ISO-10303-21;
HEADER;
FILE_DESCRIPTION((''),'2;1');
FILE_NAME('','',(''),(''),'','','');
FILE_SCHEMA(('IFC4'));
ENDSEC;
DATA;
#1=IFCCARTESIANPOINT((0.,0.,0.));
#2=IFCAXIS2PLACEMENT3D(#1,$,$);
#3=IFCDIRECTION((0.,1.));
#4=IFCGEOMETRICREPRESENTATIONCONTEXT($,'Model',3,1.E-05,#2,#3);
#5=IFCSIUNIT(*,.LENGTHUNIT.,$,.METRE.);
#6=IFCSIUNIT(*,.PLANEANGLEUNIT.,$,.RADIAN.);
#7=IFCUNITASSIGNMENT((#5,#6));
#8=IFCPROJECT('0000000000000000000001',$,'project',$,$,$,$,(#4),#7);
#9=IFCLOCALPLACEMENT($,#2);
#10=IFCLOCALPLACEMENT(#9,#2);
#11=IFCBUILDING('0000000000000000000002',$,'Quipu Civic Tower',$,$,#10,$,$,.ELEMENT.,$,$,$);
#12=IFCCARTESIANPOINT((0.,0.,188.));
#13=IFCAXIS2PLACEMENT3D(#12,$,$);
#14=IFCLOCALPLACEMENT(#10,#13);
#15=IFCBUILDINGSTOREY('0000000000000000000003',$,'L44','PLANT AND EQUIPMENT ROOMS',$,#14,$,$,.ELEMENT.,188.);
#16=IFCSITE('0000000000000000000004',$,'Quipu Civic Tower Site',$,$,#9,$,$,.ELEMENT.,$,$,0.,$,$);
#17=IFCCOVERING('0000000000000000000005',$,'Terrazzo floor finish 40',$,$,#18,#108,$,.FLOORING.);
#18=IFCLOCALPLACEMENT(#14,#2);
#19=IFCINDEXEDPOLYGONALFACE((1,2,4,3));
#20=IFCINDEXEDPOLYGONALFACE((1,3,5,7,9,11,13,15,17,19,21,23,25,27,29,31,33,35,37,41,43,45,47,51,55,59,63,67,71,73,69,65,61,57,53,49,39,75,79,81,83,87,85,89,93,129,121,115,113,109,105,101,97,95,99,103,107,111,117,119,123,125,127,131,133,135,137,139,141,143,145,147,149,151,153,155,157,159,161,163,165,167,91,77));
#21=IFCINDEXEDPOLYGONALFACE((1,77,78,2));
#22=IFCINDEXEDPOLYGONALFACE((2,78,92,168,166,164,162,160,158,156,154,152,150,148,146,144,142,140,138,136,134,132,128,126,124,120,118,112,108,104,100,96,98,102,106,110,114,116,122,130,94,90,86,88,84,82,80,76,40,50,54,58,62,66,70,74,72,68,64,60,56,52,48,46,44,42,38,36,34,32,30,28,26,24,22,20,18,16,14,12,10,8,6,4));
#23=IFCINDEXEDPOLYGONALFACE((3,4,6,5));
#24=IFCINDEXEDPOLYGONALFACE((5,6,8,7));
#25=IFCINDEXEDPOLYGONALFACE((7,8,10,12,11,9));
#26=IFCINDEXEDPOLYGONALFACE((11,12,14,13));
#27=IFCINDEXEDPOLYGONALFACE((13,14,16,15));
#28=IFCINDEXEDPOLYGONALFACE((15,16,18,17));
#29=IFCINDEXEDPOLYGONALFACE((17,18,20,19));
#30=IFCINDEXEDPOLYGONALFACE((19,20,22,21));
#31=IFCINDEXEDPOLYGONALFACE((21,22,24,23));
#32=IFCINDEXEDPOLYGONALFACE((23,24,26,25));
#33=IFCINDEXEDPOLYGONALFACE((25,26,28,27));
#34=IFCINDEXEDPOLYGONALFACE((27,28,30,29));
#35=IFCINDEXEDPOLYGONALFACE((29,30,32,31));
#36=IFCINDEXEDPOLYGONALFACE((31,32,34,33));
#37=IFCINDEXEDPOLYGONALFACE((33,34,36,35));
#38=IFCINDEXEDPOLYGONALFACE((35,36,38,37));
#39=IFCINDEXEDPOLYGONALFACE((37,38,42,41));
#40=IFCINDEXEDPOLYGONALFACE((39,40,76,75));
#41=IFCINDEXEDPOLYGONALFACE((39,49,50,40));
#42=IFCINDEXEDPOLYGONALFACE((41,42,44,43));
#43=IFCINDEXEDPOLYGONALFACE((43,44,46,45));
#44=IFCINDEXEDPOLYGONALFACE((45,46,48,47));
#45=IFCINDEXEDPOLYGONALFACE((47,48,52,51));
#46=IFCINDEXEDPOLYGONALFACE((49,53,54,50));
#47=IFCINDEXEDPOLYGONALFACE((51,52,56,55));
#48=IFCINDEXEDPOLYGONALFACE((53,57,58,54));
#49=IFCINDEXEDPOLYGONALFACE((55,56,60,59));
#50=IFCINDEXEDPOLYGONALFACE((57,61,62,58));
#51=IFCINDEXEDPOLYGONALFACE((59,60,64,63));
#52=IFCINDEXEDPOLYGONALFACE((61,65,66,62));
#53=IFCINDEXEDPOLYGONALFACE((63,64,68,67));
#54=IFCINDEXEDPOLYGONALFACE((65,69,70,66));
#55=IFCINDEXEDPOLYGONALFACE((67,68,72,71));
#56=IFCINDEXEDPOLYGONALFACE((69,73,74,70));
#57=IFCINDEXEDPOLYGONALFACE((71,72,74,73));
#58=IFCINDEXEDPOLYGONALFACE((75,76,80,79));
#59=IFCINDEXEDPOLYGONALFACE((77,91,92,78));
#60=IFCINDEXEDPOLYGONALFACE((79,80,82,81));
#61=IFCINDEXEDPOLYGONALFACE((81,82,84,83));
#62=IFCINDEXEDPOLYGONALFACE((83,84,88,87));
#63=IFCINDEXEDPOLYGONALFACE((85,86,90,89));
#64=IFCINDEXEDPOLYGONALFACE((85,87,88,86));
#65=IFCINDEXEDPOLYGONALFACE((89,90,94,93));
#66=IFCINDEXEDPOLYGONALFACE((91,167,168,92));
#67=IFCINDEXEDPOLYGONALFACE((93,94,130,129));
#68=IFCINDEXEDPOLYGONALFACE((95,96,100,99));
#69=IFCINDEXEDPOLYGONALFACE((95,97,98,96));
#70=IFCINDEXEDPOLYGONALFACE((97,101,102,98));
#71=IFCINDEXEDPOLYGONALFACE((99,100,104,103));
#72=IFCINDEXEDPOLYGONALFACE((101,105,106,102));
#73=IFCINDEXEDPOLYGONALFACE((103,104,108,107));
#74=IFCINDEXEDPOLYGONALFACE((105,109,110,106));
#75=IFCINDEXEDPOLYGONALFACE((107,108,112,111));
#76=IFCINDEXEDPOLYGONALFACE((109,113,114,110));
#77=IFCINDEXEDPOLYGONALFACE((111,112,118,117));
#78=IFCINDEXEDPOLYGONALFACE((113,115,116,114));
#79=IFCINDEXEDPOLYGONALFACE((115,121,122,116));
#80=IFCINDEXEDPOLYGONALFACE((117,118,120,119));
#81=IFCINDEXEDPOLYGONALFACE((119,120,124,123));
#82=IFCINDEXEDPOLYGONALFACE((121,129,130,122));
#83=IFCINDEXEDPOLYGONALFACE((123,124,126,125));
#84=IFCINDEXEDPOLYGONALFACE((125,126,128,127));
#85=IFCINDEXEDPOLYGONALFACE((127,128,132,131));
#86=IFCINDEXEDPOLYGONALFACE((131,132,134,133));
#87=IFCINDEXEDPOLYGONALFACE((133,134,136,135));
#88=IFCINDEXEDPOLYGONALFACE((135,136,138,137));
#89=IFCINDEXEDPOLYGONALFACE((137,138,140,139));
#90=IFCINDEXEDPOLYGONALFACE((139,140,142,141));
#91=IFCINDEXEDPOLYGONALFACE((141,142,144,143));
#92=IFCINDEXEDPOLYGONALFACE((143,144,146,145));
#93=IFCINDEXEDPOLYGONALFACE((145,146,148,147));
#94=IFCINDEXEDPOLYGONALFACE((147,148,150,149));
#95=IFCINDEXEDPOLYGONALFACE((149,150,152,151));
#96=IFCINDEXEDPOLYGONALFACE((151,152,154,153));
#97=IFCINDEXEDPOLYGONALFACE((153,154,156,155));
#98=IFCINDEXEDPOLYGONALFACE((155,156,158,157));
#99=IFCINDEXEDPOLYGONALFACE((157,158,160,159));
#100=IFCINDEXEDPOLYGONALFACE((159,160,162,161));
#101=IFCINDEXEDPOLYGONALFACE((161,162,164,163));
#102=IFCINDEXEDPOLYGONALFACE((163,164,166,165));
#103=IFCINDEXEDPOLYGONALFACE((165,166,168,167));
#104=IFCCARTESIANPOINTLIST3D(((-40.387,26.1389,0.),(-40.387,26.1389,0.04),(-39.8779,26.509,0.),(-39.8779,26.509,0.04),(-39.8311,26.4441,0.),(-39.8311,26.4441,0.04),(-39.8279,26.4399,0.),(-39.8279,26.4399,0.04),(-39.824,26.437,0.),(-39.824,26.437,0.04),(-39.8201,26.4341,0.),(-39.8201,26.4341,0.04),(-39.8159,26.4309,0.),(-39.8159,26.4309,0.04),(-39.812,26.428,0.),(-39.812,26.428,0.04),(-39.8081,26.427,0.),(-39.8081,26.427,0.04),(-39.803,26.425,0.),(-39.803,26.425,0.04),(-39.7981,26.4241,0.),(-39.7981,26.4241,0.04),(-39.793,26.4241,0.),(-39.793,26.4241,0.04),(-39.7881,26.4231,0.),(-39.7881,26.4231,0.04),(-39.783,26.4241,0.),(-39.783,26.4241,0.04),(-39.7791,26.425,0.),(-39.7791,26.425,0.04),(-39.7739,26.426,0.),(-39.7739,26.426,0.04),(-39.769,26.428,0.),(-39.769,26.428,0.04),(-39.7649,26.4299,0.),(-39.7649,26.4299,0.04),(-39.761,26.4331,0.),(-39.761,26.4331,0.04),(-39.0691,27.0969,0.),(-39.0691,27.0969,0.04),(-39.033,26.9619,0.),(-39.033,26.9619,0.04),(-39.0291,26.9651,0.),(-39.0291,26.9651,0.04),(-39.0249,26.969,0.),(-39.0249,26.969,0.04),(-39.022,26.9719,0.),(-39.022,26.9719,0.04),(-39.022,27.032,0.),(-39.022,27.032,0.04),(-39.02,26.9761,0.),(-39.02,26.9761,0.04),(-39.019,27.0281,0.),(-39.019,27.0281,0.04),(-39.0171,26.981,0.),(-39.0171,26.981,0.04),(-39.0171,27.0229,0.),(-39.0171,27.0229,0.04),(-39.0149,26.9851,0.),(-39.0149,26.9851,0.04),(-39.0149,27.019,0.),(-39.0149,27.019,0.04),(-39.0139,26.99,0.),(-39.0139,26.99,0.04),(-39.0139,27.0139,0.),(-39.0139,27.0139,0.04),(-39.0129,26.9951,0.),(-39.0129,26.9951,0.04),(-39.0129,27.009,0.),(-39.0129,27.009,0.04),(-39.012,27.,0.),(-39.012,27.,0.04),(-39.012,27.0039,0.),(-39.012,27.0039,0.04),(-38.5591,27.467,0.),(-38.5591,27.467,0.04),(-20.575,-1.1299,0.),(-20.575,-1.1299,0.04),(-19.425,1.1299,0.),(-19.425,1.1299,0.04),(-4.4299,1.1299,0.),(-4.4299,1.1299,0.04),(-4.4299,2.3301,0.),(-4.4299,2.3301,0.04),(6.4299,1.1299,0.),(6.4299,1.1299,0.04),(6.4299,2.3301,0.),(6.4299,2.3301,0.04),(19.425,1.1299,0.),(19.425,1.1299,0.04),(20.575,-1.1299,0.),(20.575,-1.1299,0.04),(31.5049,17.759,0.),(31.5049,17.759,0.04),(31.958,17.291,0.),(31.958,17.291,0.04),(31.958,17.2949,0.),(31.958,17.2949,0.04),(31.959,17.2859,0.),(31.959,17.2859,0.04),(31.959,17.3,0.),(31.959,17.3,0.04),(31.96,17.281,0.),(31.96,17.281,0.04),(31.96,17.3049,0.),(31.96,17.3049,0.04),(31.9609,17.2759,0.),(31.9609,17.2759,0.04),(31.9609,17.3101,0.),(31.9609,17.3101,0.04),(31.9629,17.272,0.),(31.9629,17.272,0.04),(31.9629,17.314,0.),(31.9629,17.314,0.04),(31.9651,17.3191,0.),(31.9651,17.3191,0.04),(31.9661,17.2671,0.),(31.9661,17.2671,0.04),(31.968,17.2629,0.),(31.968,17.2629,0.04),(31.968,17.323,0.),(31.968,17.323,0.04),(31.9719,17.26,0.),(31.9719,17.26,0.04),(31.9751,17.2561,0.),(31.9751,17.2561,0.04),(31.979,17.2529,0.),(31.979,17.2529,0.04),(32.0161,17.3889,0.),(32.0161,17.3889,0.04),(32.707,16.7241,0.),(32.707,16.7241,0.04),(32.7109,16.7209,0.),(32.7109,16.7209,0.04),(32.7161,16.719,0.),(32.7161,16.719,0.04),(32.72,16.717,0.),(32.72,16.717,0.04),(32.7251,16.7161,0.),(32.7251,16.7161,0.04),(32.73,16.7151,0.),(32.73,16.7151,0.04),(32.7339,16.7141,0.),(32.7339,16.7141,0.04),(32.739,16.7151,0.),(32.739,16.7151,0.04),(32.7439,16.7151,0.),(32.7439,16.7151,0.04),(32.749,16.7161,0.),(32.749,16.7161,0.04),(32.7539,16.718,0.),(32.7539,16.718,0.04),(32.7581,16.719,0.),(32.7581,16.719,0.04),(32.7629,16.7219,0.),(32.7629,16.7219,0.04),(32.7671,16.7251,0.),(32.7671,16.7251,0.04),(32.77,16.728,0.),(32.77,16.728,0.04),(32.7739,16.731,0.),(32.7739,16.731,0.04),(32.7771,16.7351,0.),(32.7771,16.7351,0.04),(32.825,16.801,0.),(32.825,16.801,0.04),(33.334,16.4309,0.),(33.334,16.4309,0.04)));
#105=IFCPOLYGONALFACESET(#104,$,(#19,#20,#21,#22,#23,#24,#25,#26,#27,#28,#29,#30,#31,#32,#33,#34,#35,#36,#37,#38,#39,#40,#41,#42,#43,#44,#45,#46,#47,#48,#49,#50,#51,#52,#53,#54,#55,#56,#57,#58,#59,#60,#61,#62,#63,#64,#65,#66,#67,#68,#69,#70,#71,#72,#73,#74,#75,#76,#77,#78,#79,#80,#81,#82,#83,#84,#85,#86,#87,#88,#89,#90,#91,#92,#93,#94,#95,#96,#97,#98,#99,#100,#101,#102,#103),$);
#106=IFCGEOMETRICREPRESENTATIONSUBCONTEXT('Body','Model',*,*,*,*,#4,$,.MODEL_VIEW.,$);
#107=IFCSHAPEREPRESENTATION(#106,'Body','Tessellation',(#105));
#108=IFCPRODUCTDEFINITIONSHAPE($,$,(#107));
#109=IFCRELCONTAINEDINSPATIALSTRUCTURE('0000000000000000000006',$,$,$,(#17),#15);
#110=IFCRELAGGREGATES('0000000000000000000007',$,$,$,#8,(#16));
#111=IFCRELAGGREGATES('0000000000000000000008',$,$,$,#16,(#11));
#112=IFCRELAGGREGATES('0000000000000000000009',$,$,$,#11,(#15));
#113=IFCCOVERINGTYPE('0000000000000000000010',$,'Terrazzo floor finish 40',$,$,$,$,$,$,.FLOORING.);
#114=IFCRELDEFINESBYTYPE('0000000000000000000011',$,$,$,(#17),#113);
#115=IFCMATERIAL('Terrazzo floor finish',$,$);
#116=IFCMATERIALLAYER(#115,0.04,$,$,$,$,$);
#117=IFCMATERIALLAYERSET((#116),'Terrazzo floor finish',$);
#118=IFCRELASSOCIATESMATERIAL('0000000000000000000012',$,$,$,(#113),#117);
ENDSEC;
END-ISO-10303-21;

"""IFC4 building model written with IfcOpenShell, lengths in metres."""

from ifc_helpers import new_model, si_unit, direction, frame, origin, place, context, subcontext, project, spatial, polyline, outline, extrude, material, layer, layer_set, type_object, element, save


model = new_model("IFC4")

# Units and contexts
model_context = context("Model", 3, precision=1e-05, world=origin(), true_north=direction((0.0, 1.0)))
body_context = subcontext(model_context, "Body", "Model", "MODEL_VIEW")
ifc_project = project(units=[si_unit("LENGTHUNIT", "METRE"), si_unit("PLANEANGLEUNIT", "RADIAN")], contexts=[model_context])

# Site, building, storey
site_placement = place(None, origin())
site = spatial("IfcSite", under=ifc_project, at=site_placement, Name="Quipu Civic Tower Site", CompositionType="ELEMENT", RefElevation=0.0)
building_placement = place(site_placement, origin())
building = spatial("IfcBuilding", under=site, at=building_placement, Name="Quipu Civic Tower", CompositionType="ELEMENT")
storey_placement = place(building_placement, frame((0.0, 0.0, 188.0)))
storey = spatial("IfcBuildingStorey", under=building, at=storey_placement, Name="L44", Description="PLANT AND EQUIPMENT ROOMS", CompositionType="ELEMENT", Elevation=188.0)

# Covering
ifc_material_1 = material(Name="Terrazzo floor finish")
ifc_layer_1 = layer(ifc_material_1, 0.04)
ifc_layer_set_1 = layer_set([ifc_layer_1], Name="Terrazzo floor finish")
covering_type_1 = type_object("IfcCoveringType", Name="Terrazzo floor finish 40", PredefinedType="FLOORING", material=ifc_layer_set_1)
covering_1_placement = place(storey_placement, origin())
element("IfcCovering", 1, at=covering_1_placement, inside=storey, type_object=covering_type_1, Name="Terrazzo floor finish 40", PredefinedType="FLOORING", context=body_context, shape_type="SweptSolid", body=[
    extrude(outline(polyline([(6.4299, 2.3301), (6.4299, 1.1299), (19.425, 1.1299), (31.5049, 17.759), (32.0161, 17.3889), (31.968, 17.323), (31.9651, 17.3191), (31.9629, 17.314), (31.9609, 17.3101), (31.96, 17.3049), (31.959, 17.3), (31.958, 17.2949), (31.958, 17.291), (31.959, 17.2859), (31.96, 17.281), (31.9609, 17.2759), (31.9629, 17.272), (31.9661, 17.2671), (31.968, 17.2629), (31.9719, 17.26), (31.9751, 17.2561), (31.979, 17.2529), (32.707, 16.7241), (32.7109, 16.7209), (32.7161, 16.719), (32.72, 16.717), (32.7251, 16.7161), (32.73, 16.7151), (32.7339, 16.7141), (32.739, 16.7151), (32.7439, 16.7151), (32.749, 16.7161), (32.7539, 16.718), (32.7581, 16.719), (32.7629, 16.7219), (32.7671, 16.7251), (32.77, 16.728), (32.7739, 16.731), (32.7771, 16.7351), (32.825, 16.801), (33.334, 16.4309), (20.575, -1.1299), (-20.575, -1.1299), (-40.387, 26.1389), (-39.8779, 26.509), (-39.8311, 26.4441), (-39.8279, 26.4399), (-39.824, 26.437), (-39.8201, 26.4341), (-39.8159, 26.4309), (-39.812, 26.428), (-39.8081, 26.427), (-39.803, 26.425), (-39.7981, 26.4241), (-39.793, 26.4241), (-39.7881, 26.4231), (-39.783, 26.4241), (-39.7791, 26.425), (-39.7739, 26.426), (-39.769, 26.428), (-39.7649, 26.4299), (-39.761, 26.4331), (-39.033, 26.9619), (-39.0291, 26.9651), (-39.0249, 26.969), (-39.022, 26.9719), (-39.02, 26.9761), (-39.0171, 26.981), (-39.0149, 26.9851), (-39.0139, 26.99), (-39.0129, 26.9951), (-39.012, 27.0), (-39.012, 27.0039), (-39.0129, 27.009), (-39.0139, 27.0139), (-39.0149, 27.019), (-39.0171, 27.0229), (-39.019, 27.0281), (-39.022, 27.032), (-39.0691, 27.0969), (-38.5591, 27.467), (-19.425, 1.1299), (-4.4299, 1.1299), (-4.4299, 2.3301), (6.4299, 2.3301)])), origin(), (0.0, 0.0, 1.0), 0.04),
])

save(model, "model.ifc")
